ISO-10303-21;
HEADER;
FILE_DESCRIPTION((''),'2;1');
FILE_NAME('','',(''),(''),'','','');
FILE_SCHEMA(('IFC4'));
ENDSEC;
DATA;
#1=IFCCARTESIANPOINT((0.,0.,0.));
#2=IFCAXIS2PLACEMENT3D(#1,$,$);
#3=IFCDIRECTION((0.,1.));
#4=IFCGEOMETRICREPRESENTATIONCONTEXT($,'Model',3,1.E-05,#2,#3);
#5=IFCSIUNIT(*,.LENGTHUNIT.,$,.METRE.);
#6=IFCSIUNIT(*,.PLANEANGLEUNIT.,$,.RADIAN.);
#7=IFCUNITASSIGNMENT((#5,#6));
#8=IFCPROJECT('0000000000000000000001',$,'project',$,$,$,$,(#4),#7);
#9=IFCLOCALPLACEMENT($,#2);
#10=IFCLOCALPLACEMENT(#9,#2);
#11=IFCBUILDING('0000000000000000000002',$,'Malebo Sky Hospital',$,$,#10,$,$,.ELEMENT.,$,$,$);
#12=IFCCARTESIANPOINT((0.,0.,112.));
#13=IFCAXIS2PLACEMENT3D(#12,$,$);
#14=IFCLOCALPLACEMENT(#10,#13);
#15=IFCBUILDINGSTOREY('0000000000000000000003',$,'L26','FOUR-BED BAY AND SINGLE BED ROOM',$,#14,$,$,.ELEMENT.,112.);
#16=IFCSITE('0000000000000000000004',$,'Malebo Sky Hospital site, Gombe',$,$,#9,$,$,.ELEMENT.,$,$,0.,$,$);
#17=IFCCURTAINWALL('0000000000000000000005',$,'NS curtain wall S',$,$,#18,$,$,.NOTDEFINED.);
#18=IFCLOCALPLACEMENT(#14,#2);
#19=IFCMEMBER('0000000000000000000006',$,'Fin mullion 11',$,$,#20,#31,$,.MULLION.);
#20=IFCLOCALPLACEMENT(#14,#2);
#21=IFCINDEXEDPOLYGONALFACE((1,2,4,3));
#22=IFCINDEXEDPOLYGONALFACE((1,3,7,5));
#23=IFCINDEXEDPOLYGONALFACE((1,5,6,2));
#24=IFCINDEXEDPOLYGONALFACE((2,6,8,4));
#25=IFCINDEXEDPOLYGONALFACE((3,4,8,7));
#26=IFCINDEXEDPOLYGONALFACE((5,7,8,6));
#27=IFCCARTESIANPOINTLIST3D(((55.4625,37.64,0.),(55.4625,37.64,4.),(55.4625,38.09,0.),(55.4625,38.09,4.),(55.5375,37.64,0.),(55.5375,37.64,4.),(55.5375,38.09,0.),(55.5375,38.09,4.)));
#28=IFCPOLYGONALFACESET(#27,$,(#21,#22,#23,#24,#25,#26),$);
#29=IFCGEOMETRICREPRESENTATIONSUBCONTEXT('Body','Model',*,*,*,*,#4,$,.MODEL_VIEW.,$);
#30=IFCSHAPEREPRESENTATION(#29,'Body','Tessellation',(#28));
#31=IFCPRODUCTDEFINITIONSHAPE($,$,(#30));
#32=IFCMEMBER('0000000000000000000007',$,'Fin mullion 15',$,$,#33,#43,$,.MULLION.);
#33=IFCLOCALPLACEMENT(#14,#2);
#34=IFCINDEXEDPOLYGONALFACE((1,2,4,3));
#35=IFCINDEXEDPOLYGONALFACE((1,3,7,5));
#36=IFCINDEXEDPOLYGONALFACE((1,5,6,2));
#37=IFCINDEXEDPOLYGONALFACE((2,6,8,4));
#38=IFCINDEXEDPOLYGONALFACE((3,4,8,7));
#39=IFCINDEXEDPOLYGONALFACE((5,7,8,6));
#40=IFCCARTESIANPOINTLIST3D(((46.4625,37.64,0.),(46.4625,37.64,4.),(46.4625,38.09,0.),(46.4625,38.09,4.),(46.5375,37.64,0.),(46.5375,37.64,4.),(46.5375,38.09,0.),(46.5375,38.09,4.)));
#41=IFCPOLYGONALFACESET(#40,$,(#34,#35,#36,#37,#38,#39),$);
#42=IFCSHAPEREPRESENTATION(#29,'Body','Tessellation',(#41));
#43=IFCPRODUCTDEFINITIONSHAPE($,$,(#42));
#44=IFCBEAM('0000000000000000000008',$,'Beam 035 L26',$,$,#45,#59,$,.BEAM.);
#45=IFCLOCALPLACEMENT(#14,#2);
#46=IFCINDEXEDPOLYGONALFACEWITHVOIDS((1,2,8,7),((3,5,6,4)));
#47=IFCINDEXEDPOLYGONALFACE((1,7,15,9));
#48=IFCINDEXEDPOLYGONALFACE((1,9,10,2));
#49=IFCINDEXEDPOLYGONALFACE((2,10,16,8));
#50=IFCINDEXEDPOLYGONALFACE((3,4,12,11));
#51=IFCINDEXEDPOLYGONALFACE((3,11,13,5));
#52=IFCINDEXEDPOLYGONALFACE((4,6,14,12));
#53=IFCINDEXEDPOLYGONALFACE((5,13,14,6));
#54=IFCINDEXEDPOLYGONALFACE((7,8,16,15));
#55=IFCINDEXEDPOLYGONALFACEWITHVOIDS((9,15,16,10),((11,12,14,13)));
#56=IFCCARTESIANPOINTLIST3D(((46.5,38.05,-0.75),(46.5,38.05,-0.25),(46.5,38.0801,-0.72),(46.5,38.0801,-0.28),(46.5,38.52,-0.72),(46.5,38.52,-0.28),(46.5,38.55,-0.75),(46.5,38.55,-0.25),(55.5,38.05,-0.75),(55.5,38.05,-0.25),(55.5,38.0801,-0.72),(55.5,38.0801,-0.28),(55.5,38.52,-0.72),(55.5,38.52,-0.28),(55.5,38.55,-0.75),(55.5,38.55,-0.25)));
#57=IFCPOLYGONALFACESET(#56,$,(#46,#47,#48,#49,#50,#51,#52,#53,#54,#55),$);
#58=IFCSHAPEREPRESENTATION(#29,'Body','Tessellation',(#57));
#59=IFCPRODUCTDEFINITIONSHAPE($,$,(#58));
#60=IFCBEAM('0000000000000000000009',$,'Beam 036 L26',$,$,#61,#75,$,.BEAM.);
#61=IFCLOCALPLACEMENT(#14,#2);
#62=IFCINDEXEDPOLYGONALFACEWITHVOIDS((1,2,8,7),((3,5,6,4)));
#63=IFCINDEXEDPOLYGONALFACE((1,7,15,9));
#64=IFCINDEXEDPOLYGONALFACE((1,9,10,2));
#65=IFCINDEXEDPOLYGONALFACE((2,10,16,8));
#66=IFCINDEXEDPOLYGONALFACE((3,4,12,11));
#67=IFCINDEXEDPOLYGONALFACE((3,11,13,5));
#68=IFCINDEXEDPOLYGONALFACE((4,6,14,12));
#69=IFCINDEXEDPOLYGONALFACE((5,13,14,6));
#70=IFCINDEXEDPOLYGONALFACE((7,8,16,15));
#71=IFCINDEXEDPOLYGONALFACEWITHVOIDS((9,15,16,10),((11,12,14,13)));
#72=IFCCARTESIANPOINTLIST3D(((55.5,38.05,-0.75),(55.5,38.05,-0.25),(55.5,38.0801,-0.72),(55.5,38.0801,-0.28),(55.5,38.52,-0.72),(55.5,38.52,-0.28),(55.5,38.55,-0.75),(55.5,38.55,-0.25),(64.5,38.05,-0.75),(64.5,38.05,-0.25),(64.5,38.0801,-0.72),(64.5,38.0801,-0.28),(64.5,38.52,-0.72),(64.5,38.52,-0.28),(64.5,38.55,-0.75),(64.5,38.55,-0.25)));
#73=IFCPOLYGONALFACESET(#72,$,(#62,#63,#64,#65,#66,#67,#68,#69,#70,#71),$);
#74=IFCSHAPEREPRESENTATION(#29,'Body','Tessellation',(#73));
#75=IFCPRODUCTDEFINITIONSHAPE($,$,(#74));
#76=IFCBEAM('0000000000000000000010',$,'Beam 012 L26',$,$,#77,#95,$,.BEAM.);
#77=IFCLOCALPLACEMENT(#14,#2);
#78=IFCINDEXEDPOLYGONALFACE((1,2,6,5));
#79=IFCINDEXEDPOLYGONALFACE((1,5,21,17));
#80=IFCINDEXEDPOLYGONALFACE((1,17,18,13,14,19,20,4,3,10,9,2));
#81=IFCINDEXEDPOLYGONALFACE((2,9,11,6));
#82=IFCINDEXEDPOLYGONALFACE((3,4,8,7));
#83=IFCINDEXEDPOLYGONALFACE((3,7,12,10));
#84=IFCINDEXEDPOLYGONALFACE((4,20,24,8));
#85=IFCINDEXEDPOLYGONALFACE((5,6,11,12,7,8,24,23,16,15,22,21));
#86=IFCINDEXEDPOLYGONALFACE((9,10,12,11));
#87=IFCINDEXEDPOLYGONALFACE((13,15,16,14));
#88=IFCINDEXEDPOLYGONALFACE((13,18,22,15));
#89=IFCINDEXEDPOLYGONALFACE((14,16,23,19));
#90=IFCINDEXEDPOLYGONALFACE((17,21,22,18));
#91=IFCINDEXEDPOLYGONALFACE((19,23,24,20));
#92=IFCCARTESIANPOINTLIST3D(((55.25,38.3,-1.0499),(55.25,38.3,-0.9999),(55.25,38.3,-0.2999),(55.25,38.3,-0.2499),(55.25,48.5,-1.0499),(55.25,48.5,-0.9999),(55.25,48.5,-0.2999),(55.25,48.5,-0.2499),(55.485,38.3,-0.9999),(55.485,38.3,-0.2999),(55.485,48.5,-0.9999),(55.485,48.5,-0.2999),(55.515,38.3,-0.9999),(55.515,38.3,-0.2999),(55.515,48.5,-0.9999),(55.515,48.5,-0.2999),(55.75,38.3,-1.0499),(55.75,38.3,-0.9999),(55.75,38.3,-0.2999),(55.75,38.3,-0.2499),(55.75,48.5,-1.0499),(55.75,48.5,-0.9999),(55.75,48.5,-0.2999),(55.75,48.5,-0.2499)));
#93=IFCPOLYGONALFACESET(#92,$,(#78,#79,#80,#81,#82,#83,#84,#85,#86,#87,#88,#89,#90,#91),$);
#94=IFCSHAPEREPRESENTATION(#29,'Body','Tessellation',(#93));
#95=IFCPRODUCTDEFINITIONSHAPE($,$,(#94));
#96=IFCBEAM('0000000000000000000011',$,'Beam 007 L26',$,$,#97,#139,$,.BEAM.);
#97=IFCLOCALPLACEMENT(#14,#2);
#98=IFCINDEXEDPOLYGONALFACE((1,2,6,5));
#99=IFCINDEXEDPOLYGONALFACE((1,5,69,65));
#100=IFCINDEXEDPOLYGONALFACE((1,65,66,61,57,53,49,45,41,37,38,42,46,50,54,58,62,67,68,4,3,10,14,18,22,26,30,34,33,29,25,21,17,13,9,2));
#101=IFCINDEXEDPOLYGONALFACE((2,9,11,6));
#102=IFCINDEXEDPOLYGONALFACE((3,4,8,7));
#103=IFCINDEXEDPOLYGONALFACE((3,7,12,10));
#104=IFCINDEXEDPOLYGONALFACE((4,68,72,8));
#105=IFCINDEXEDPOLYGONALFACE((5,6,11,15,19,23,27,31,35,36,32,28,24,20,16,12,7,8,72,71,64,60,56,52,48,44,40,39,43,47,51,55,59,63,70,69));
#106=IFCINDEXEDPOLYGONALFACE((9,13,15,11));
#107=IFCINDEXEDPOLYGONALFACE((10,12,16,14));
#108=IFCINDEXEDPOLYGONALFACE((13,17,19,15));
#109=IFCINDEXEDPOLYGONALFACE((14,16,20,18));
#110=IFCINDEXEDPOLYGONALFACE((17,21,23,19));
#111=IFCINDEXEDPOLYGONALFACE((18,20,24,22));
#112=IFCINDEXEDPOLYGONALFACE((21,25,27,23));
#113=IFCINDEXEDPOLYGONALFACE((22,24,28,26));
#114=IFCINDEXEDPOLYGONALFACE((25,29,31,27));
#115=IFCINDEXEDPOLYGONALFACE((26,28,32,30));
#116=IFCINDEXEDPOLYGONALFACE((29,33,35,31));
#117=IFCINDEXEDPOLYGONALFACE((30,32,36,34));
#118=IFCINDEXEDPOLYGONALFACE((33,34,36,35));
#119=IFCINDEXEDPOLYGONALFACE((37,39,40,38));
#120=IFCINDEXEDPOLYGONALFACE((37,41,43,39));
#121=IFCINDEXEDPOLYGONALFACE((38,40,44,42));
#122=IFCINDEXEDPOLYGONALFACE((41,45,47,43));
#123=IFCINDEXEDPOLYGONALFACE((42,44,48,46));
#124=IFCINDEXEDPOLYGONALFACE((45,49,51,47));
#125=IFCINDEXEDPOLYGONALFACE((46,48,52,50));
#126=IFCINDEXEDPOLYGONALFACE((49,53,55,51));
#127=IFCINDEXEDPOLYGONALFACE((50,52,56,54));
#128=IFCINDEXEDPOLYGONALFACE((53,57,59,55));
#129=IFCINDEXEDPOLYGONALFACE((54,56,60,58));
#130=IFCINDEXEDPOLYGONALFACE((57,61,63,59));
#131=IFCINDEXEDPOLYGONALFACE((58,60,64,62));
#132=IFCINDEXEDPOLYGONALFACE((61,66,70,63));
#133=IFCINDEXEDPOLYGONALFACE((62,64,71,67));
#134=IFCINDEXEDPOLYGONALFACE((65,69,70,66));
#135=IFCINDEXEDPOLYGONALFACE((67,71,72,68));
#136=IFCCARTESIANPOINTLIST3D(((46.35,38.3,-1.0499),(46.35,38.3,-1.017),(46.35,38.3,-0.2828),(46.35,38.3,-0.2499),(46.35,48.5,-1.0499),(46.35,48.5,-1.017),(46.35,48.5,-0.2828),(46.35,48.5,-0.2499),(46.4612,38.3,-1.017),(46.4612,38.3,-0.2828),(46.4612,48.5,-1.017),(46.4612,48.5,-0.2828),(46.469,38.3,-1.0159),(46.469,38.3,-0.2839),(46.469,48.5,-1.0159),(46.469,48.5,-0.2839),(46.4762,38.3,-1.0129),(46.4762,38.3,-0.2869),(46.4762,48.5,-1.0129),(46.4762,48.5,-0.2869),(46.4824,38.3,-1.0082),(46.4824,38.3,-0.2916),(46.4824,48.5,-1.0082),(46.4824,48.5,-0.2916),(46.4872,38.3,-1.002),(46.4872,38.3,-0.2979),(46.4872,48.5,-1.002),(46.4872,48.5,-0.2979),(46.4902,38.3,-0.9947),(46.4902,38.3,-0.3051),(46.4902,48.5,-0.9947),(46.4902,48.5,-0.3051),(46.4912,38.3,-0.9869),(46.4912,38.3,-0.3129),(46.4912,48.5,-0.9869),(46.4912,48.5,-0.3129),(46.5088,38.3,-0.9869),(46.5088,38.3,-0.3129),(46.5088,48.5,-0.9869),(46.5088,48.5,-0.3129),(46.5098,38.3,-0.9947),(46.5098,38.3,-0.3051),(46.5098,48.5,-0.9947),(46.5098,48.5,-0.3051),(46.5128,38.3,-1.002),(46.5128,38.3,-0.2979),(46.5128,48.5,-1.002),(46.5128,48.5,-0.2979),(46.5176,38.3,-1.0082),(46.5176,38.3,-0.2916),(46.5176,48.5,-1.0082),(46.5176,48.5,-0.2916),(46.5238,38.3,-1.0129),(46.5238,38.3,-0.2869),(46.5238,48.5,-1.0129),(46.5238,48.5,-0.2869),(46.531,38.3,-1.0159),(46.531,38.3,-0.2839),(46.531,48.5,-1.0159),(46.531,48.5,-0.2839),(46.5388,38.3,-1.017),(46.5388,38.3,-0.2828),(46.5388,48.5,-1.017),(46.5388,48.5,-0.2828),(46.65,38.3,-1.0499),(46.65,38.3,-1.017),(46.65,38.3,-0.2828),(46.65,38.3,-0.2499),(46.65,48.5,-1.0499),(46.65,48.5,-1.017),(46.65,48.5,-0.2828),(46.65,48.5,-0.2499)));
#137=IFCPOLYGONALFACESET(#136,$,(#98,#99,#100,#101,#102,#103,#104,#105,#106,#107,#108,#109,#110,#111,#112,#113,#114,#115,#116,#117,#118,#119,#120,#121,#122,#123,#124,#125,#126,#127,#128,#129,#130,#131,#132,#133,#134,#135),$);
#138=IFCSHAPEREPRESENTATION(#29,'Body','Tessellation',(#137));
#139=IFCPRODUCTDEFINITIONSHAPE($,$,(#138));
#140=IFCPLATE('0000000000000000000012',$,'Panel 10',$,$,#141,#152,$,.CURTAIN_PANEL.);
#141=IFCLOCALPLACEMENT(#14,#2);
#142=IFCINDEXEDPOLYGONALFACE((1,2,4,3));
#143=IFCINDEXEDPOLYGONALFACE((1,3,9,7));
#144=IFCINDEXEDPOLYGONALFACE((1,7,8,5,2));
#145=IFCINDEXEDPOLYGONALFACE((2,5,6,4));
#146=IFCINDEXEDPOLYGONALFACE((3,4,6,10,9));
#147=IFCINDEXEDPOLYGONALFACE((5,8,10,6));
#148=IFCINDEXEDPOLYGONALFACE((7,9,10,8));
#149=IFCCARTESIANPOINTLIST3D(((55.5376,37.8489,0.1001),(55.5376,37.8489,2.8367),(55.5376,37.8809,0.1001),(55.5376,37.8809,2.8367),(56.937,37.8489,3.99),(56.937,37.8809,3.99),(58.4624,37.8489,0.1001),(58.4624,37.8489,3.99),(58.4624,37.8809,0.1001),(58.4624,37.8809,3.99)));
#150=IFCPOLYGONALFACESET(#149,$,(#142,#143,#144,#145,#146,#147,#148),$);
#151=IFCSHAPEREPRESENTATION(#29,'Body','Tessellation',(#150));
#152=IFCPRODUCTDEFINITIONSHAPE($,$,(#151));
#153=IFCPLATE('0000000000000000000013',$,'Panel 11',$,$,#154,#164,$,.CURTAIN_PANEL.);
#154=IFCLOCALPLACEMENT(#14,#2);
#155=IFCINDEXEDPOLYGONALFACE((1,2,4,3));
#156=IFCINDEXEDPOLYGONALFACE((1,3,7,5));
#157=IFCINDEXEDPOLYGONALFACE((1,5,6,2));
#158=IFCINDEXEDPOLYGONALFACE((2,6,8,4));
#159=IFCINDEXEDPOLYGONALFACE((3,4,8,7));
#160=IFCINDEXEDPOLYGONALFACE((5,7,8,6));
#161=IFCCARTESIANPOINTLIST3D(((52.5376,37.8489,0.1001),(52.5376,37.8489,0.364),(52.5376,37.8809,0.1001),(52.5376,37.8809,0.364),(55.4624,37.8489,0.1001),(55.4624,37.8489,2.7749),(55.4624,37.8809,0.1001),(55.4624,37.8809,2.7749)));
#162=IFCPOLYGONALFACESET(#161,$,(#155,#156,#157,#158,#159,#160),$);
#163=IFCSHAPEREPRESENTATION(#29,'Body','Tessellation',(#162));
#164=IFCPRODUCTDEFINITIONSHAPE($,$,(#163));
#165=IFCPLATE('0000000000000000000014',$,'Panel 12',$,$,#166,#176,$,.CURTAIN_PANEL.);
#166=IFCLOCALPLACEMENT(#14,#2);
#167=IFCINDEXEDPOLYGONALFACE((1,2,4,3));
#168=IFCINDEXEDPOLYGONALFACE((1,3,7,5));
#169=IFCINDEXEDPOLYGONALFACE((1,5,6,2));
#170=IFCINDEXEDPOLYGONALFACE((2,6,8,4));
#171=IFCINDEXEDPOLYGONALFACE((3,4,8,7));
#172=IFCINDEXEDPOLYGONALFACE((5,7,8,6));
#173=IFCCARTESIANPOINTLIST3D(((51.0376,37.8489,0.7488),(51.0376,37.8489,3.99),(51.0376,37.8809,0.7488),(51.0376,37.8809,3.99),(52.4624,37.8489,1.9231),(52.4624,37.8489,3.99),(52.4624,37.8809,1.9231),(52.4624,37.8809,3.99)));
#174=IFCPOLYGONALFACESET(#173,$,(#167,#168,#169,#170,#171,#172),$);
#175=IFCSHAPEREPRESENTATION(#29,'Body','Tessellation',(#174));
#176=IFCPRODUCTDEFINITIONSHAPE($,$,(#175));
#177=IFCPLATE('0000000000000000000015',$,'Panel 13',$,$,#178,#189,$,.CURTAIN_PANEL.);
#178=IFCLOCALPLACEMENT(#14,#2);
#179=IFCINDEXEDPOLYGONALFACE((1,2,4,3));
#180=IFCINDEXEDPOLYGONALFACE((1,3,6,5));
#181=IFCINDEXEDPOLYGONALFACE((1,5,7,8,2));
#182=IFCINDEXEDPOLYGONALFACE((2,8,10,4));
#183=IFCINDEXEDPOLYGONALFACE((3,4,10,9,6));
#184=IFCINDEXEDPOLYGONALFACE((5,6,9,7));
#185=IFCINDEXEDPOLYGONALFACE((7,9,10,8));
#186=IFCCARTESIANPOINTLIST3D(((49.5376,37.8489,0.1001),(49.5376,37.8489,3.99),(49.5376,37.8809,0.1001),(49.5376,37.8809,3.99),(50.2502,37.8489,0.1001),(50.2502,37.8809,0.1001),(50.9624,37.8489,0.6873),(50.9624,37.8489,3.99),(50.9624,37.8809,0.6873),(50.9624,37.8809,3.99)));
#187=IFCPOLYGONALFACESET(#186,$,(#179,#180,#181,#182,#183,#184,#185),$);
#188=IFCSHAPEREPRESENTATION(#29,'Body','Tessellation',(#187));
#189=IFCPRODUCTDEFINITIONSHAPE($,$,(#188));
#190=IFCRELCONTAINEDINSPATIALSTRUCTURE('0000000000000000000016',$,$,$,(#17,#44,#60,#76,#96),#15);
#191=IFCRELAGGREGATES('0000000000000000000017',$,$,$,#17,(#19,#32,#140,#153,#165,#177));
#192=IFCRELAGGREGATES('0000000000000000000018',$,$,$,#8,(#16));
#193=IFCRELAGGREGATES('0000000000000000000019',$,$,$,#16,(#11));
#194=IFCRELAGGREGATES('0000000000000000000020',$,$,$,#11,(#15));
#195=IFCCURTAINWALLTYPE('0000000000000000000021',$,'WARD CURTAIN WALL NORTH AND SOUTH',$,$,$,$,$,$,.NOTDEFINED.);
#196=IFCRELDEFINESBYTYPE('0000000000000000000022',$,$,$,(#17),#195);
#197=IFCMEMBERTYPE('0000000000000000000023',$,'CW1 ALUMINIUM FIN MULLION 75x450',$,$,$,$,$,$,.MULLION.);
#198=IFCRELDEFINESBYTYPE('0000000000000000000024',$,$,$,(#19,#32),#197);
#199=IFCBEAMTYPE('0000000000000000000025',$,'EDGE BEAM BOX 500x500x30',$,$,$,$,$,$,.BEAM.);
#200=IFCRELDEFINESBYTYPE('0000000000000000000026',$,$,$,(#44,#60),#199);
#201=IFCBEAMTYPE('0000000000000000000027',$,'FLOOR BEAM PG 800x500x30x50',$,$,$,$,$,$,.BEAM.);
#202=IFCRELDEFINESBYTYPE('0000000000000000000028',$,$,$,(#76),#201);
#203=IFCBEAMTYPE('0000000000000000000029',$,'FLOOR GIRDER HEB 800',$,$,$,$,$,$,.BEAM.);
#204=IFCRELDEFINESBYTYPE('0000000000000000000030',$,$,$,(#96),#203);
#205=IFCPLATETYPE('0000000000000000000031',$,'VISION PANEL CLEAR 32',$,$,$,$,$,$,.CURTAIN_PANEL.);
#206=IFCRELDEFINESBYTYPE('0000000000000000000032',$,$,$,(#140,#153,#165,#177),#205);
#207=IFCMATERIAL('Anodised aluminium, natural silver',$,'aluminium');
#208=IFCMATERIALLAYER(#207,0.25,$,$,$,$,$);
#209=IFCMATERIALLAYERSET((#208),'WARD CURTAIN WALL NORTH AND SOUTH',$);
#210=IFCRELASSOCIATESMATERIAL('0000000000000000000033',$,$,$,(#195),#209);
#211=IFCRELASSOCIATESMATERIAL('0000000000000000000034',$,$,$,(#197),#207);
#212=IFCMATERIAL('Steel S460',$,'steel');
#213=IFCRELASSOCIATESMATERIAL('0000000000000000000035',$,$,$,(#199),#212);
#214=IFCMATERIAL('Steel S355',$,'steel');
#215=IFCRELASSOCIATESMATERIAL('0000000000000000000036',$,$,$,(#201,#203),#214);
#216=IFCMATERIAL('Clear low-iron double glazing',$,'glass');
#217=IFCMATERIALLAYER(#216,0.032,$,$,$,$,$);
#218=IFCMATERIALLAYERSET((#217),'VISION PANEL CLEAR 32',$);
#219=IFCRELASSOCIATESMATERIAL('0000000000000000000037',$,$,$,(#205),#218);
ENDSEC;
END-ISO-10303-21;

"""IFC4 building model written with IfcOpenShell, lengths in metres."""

from ifc_helpers import new_model, si_unit, direction, frame, origin, origin_2d, place, context, subcontext, project, spatial, polyline, rectangle, hollow_rectangle, i_section, outline, extrude, material, layer, layer_set, material_profile, profile_set, type_object, element, aggregate, save


model = new_model("IFC4")

# Units and contexts
model_context = context("Model", 3, precision=1e-05, world=origin(), true_north=direction((0.0, 1.0)))
body_context = subcontext(model_context, "Body", "Model", "MODEL_VIEW")
ifc_project = project(units=[si_unit("LENGTHUNIT", "METRE"), si_unit("PLANEANGLEUNIT", "RADIAN")], contexts=[model_context])

# Site, building, storey
site_placement = place(None, origin())
site = spatial("IfcSite", under=ifc_project, at=site_placement, Name="Malebo Sky Hospital site, Gombe", CompositionType="ELEMENT", RefElevation=0.0)
building_placement = place(site_placement, origin())
building = spatial("IfcBuilding", under=site, at=building_placement, Name="Malebo Sky Hospital", CompositionType="ELEMENT")
storey_placement = place(building_placement, frame((0.0, 0.0, 112.0)))
storey = spatial("IfcBuildingStorey", under=building, at=storey_placement, Name="L26", Description="FOUR-BED BAY AND SINGLE BED ROOM", CompositionType="ELEMENT", Elevation=112.0)

# Shared definitions
ifc_material_1 = material(Name="Steel S460", Category="steel")

# Curtain wall
ifc_material_2 = material(Name="Anodised aluminium, natural silver", Category="aluminium")
ifc_layer_1 = layer(ifc_material_2, 0.25)
ifc_layer_set_1 = layer_set([ifc_layer_1], Name="WARD CURTAIN WALL NORTH AND SOUTH")
curtain_wall_type = type_object("IfcCurtainWallType", Name="WARD CURTAIN WALL NORTH AND SOUTH", PredefinedType="NOTDEFINED", material=ifc_layer_set_1)
curtain_wall_placement = place(storey_placement, origin())
curtain_wall = element("IfcCurtainWall", 1, at=curtain_wall_placement, inside=storey, type_object=curtain_wall_type, Name="NS curtain wall S", PredefinedType="NOTDEFINED")

# Members
ifc_material_3 = material(Name="Steel S355", Category="steel")
ifc_material_profile_1 = material_profile(ifc_material_2, rectangle(XDim=0.075, YDim=0.45, at=origin_2d()), Name="CW1 ALUMINIUM FIN MULLION 75x450")
ifc_profile_set_1 = profile_set([ifc_material_profile_1], Name="Anodised aluminium, natural silver")
member_type_1 = type_object("IfcMemberType", Name="CW1 ALUMINIUM FIN MULLION 75x450", PredefinedType="MULLION", material=ifc_profile_set_1)
member_1_placement = place(storey_placement, frame((55.5, 37.865, 0.0), z_axis=(0.0, 0.0, 1.0), x_axis=(-1.0, 0.0, 0.0)))
member_1 = element("IfcMember", 2, at=member_1_placement, type_object=member_type_1, Name="Fin mullion 11", PredefinedType="MULLION", context=body_context, shape_type="SweptSolid", body=[
    extrude(rectangle(XDim=0.075, YDim=0.45, at=origin_2d()), origin(), (0.0, 0.0, 1.0), 4.0),
])
member_2_placement = place(storey_placement, frame((46.5, 37.865, 0.0), z_axis=(0.0, 0.0, 1.0), x_axis=(-1.0, 0.0, 0.0)))
member_2 = element("IfcMember", 3, at=member_2_placement, type_object=member_type_1, Name="Fin mullion 15", PredefinedType="MULLION", context=body_context, shape_type="SweptSolid", body=[
    extrude(rectangle(XDim=0.075, YDim=0.45, at=origin_2d()), origin(), (0.0, 0.0, 1.0), 4.0),
])

# Beams
ifc_material_profile_2 = material_profile(ifc_material_1, hollow_rectangle(XDim=0.5, YDim=0.5, WallThickness=0.03, at=origin_2d()), Name="BOX 500x500x30")
ifc_profile_set_2 = profile_set([ifc_material_profile_2], Name="Steel S460")
beam_type_1 = type_object("IfcBeamType", Name="EDGE BEAM BOX 500x500x30", PredefinedType="BEAM", material=ifc_profile_set_2)
for number, where, z_axis, x_axis, name in (
    (4, (46.5, 38.3, -0.5), (1.0, 0.0, 0.0), (0.0, 1.0, 0.0), "Beam 035 L26"),
    (5, (55.5, 38.3, -0.5), (1.0, 0.0, 0.0), (0.0, 1.0, 0.0), "Beam 036 L26"),
):
    element("IfcBeam", number, at=place(storey_placement, frame(where, z_axis=z_axis, x_axis=x_axis)), inside=storey, type_object=beam_type_1, Name=name, PredefinedType="BEAM", context=body_context, shape_type="SweptSolid", body=[
        extrude(hollow_rectangle(XDim=0.5, YDim=0.5, WallThickness=0.03, at=origin_2d()), origin(), (0.0, 0.0, 1.0), 9.0),
    ])
ifc_material_profile_3 = material_profile(ifc_material_3, i_section(OverallWidth=0.5, OverallDepth=0.8, WebThickness=0.03, FlangeThickness=0.05, at=origin_2d()), Name="PG 800x500x30x50")
ifc_profile_set_3 = profile_set([ifc_material_profile_3], Name="Steel S355")
beam_type_2 = type_object("IfcBeamType", Name="FLOOR BEAM PG 800x500x30x50", PredefinedType="BEAM", material=ifc_profile_set_3)
beam_1_placement = place(storey_placement, frame((55.5, 38.3, -0.6499), z_axis=(0.0, 1.0, 0.0), x_axis=(-1.0, 0.0, 0.0)))
element("IfcBeam", 6, at=beam_1_placement, inside=storey, type_object=beam_type_2, Name="Beam 012 L26", PredefinedType="BEAM", context=body_context, shape_type="SweptSolid", body=[
    extrude(i_section(OverallWidth=0.5, OverallDepth=0.8, WebThickness=0.03, FlangeThickness=0.05, at=origin_2d()), origin(), (0.0, 0.0, 1.0), 10.2),
])
ifc_material_profile_4 = material_profile(ifc_material_3, i_section(OverallWidth=0.3, OverallDepth=0.8, WebThickness=0.0176, FlangeThickness=0.033, FilletRadius=0.03, at=origin_2d()), Name="HEB 800")
ifc_profile_set_4 = profile_set([ifc_material_profile_4], Name="Steel S355")
beam_type_3 = type_object("IfcBeamType", Name="FLOOR GIRDER HEB 800", PredefinedType="BEAM", material=ifc_profile_set_4)
beam_2_placement = place(storey_placement, frame((46.5, 38.3, -0.6499), z_axis=(0.0, 1.0, 0.0), x_axis=(-1.0, 0.0, 0.0)))
element("IfcBeam", 7, at=beam_2_placement, inside=storey, type_object=beam_type_3, Name="Beam 007 L26", PredefinedType="BEAM", context=body_context, shape_type="SweptSolid", body=[
    extrude(i_section(OverallWidth=0.3, OverallDepth=0.8, WebThickness=0.0176, FlangeThickness=0.033, FilletRadius=0.03, at=origin_2d()), origin(), (0.0, 0.0, 1.0), 10.2),
])

# Plates
ifc_material_4 = material(Name="Clear low-iron double glazing", Category="glass")
ifc_layer_2 = layer(ifc_material_4, 0.032)
ifc_layer_set_2 = layer_set([ifc_layer_2], Name="VISION PANEL CLEAR 32")
plate_type = type_object("IfcPlateType", Name="VISION PANEL CLEAR 32", PredefinedType="CURTAIN_PANEL", material=ifc_layer_set_2)
plate_1_placement = place(storey_placement, frame((57.0, 37.865, 0.1001), z_axis=(0.0, 0.0, 1.0), x_axis=(-1.0, 0.0, 0.0)))
plate_1 = element("IfcPlate", 8, at=plate_1_placement, type_object=plate_type, Name="Panel 10", PredefinedType="CURTAIN_PANEL", context=body_context, shape_type="SweptSolid", body=[
    extrude(outline(polyline([(-1.4624, 0.0), (1.4624, 0.0), (1.4624, 2.7366), (0.063, 3.8899), (-1.4624, 3.8899), (-1.4624, 0.0)])), frame((0.0, 0.0161, 0.0), z_axis=(0.0, -1.0, 0.0), x_axis=(1.0, 0.0, 0.0)), (0.0, 0.0, 1.0), 0.032),
])
plate_2_placement = place(storey_placement, frame((54.0, 37.865, 0.1001), z_axis=(0.0, 0.0, 1.0), x_axis=(-1.0, 0.0, 0.0)))
plate_2 = element("IfcPlate", 9, at=plate_2_placement, type_object=plate_type, Name="Panel 11", PredefinedType="CURTAIN_PANEL", context=body_context, shape_type="SweptSolid", body=[
    extrude(outline(polyline([(-1.4624, 0.0), (1.4624, 0.0), (1.4624, 0.2639), (-1.4624, 2.6748), (-1.4624, 0.0)])), frame((0.0, 0.0161, 0.0), z_axis=(0.0, -1.0, 0.0), x_axis=(1.0, 0.0, 0.0)), (0.0, 0.0, 1.0), 0.032),
])
plate_3_placement = place(storey_placement, frame((51.75, 37.865, 0.7488), z_axis=(0.0, 0.0, 1.0), x_axis=(-1.0, 0.0, 0.0)))
plate_3 = element("IfcPlate", 10, at=plate_3_placement, type_object=plate_type, Name="Panel 12", PredefinedType="CURTAIN_PANEL", context=body_context, shape_type="SweptSolid", body=[
    extrude(outline(polyline([(0.7124, 0.0), (0.7124, 3.2412), (-0.7124, 3.2412), (-0.7124, 1.1743), (0.7124, 0.0)])), frame((0.0, 0.0161, 0.0), z_axis=(0.0, -1.0, 0.0), x_axis=(1.0, 0.0, 0.0)), (0.0, 0.0, 1.0), 0.032),
])
plate_4_placement = place(storey_placement, frame((50.25, 37.865, 0.1001), z_axis=(0.0, 0.0, 1.0), x_axis=(-1.0, 0.0, 0.0)))
plate_4 = element("IfcPlate", 11, at=plate_4_placement, type_object=plate_type, Name="Panel 13", PredefinedType="CURTAIN_PANEL", context=body_context, shape_type="SweptSolid", body=[
    extrude(outline(polyline([(-0.0002, 0.0), (0.7124, 0.0), (0.7124, 3.8899), (-0.7124, 3.8899), (-0.7124, 0.5872), (-0.0002, 0.0)])), frame((0.0, 0.0161, 0.0), z_axis=(0.0, -1.0, 0.0), x_axis=(1.0, 0.0, 0.0)), (0.0, 0.0, 1.0), 0.032),
])
aggregate(curtain_wall, [member_1, member_2, plate_1, plate_2, plate_3, plate_4])

save(model, "model.ifc")
